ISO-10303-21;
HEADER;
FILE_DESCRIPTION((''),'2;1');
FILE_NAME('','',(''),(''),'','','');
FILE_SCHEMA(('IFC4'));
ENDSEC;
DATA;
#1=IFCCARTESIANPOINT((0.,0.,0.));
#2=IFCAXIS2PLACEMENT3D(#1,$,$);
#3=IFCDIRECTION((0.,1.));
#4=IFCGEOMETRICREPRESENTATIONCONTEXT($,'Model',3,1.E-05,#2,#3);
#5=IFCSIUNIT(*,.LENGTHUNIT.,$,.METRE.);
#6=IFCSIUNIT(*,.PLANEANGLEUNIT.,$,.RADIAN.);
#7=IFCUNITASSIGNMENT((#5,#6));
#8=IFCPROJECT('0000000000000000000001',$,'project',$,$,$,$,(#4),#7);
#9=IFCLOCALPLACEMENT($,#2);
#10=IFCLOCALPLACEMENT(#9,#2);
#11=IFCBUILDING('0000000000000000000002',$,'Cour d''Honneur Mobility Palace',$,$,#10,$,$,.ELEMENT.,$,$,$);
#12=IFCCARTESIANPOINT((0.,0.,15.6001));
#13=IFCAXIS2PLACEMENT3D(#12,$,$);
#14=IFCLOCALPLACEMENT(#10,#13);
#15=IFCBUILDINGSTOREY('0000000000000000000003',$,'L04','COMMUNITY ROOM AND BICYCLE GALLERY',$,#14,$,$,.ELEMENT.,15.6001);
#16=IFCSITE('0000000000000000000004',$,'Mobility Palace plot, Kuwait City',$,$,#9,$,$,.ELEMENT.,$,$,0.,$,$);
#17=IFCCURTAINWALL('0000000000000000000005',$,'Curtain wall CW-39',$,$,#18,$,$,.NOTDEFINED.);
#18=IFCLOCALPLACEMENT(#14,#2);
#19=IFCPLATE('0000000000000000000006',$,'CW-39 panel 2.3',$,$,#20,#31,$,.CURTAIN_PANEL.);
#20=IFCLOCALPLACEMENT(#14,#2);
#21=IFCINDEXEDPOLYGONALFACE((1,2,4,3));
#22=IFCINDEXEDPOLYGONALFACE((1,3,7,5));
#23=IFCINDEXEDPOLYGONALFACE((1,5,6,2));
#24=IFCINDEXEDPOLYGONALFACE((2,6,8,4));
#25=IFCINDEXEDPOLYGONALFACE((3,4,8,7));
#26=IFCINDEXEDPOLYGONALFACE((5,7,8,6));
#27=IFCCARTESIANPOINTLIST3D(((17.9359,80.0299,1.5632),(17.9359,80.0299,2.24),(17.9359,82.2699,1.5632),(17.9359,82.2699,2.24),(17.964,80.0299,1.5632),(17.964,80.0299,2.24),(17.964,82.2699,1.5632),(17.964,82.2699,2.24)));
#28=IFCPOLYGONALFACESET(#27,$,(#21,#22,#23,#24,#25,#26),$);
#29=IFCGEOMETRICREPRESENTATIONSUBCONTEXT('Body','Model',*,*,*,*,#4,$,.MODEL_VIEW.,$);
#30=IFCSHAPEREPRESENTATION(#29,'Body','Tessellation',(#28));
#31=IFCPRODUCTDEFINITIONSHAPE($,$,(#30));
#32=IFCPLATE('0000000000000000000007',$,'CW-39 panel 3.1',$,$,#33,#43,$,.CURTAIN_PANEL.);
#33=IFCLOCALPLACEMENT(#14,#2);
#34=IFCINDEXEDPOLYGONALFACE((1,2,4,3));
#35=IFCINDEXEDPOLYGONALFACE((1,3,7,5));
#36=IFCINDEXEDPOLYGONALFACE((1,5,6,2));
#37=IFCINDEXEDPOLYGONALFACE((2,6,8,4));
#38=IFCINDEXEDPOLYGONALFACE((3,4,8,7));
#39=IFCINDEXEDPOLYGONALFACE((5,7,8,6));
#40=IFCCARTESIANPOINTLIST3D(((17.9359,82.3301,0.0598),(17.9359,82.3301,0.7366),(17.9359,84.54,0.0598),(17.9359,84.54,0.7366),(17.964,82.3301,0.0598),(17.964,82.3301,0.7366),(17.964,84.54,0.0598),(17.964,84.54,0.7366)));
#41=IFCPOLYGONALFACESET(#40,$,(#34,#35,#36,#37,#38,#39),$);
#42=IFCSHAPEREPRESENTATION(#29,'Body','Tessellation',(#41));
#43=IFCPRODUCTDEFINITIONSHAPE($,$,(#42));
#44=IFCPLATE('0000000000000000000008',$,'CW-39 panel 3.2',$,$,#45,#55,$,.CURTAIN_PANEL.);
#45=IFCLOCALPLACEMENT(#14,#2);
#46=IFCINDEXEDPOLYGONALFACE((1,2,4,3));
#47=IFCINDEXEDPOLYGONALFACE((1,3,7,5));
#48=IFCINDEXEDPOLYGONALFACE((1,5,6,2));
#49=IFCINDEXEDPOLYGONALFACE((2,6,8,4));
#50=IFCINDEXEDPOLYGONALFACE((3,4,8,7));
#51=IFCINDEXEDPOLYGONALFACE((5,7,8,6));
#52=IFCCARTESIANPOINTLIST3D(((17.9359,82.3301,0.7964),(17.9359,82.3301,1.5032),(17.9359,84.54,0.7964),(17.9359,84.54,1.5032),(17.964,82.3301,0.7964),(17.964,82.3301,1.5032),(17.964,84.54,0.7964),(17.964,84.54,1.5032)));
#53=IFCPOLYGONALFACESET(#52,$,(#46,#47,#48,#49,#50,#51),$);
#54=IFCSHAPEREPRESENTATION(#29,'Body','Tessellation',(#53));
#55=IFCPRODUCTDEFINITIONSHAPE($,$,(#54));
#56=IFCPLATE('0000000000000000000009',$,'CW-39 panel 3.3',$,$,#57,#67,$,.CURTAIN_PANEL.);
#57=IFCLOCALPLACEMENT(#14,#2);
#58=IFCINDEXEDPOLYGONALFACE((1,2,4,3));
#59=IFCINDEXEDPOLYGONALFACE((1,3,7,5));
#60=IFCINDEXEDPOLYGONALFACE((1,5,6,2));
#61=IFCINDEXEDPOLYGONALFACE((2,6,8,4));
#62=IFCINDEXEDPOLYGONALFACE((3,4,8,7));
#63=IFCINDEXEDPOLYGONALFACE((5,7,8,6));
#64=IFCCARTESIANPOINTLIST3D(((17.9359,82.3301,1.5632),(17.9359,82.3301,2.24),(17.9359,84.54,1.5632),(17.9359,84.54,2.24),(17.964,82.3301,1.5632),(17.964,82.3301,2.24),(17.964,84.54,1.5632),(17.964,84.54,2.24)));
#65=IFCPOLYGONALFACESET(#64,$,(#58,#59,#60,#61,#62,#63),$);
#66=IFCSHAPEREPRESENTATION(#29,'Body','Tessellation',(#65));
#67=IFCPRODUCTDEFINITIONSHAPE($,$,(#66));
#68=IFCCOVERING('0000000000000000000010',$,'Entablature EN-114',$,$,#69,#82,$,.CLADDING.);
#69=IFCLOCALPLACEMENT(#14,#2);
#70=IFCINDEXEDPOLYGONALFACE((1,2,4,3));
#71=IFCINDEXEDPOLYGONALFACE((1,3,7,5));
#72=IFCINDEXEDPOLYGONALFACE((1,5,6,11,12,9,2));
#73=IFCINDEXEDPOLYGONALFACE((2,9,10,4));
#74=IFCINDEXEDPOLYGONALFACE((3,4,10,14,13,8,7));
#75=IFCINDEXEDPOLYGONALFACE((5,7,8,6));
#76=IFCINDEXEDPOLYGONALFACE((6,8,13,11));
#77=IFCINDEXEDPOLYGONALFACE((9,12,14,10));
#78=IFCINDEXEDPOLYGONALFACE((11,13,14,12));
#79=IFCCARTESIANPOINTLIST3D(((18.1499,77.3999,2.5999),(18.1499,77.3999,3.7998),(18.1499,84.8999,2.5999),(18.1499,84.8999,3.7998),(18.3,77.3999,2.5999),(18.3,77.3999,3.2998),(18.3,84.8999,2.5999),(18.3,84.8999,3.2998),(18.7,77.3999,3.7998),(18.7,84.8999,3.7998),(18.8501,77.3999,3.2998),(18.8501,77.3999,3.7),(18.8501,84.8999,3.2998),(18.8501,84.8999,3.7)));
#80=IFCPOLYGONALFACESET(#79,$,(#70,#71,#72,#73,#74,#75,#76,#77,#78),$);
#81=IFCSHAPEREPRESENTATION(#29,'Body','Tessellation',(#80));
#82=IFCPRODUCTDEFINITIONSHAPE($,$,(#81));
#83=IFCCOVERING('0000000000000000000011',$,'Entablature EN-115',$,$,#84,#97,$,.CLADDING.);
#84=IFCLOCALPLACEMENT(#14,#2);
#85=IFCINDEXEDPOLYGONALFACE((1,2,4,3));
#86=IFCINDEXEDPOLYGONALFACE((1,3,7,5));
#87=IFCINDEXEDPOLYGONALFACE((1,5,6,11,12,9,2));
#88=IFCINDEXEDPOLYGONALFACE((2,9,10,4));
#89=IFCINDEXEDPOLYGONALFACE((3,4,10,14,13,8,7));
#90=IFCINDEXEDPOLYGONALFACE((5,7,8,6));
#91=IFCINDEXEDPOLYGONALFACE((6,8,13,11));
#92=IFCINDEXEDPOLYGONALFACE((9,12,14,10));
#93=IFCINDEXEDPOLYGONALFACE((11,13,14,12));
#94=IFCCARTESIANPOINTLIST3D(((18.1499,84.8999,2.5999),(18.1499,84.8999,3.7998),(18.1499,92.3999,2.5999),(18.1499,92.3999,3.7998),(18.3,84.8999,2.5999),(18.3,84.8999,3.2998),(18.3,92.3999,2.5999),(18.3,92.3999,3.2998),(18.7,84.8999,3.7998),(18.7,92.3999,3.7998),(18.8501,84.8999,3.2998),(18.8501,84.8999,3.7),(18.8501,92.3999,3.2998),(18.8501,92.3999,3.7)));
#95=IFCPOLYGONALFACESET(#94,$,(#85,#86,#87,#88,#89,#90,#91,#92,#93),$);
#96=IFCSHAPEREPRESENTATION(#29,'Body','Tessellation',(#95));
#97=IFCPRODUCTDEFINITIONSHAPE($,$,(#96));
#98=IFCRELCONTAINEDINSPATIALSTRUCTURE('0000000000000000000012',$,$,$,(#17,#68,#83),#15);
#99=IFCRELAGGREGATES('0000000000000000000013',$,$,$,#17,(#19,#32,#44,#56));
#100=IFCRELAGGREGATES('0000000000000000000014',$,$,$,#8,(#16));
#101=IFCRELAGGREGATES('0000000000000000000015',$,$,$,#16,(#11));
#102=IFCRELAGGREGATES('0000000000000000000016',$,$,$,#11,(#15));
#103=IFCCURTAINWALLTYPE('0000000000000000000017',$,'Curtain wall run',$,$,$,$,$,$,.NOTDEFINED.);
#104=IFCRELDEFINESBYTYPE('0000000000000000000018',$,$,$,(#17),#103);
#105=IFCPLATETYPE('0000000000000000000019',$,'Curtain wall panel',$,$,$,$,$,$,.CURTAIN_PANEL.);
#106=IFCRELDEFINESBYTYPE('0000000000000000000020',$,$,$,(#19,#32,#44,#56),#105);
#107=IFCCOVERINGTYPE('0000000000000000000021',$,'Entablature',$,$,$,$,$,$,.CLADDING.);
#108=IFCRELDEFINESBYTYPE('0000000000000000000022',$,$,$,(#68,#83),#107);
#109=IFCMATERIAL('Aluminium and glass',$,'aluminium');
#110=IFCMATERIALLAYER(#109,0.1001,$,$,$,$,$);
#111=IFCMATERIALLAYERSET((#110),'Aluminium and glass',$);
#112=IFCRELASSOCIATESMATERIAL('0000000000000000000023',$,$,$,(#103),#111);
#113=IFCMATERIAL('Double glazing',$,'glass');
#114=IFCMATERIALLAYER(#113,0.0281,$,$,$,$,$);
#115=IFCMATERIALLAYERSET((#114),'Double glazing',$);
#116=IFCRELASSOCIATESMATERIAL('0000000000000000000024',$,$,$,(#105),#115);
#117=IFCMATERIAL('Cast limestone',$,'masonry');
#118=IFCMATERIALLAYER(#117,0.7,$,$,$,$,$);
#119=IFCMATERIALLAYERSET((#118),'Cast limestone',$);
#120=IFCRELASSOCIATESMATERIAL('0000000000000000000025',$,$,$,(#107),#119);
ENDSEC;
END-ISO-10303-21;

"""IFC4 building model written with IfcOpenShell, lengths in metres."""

from ifc_helpers import new_model, si_unit, direction, frame, origin, origin_2d, place, context, subcontext, project, spatial, polyline, rectangle, outline, extrude, material, layer, layer_set, type_object, element, aggregate, save


model = new_model("IFC4")

# Units and contexts
model_context = context("Model", 3, precision=1e-05, world=origin(), true_north=direction((0.0, 1.0)))
body_context = subcontext(model_context, "Body", "Model", "MODEL_VIEW")
ifc_project = project(units=[si_unit("LENGTHUNIT", "METRE"), si_unit("PLANEANGLEUNIT", "RADIAN")], contexts=[model_context])

# Site, building, storey
site_placement = place(None, origin())
site = spatial("IfcSite", under=ifc_project, at=site_placement, Name="Mobility Palace plot, Kuwait City", CompositionType="ELEMENT", RefElevation=0.0)
building_placement = place(site_placement, origin())
building = spatial("IfcBuilding", under=site, at=building_placement, Name="Cour d'Honneur Mobility Palace", CompositionType="ELEMENT")
storey_placement = place(building_placement, frame((0.0, 0.0, 15.6001)))
storey = spatial("IfcBuildingStorey", under=building, at=storey_placement, Name="L04", Description="COMMUNITY ROOM AND BICYCLE GALLERY", CompositionType="ELEMENT", Elevation=15.6001)

# Shared definitions
ifc_material_1 = material(Name="Aluminium and glass", Category="aluminium")
ifc_layer_1 = layer(ifc_material_1, 0.1001)
ifc_layer_set_1 = layer_set([ifc_layer_1], Name="Aluminium and glass")
curtain_wall_type = type_object("IfcCurtainWallType", Name="Curtain wall run", PredefinedType="NOTDEFINED", material=ifc_layer_set_1)

# Curtain wall
curtain_wall_1_placement = place(storey_placement, origin())
curtain_wall_1 = element("IfcCurtainWall", 1, at=curtain_wall_1_placement, inside=storey, type_object=curtain_wall_type, Name="Curtain wall CW-39", PredefinedType="NOTDEFINED")

# Plates
ifc_material_2 = material(Name="Double glazing", Category="glass")
ifc_layer_2 = layer(ifc_material_2, 0.0281)
ifc_layer_set_2 = layer_set([ifc_layer_2], Name="Double glazing")
plate_type = type_object("IfcPlateType", Name="Curtain wall panel", PredefinedType="CURTAIN_PANEL", material=ifc_layer_set_2)
plate_1_placement = place(storey_placement, frame((17.95, 81.1499, 1.5632), z_axis=(0.0, 0.0, 1.0), x_axis=(0.0, 1.0, 0.0)))
plate_1 = element("IfcPlate", 2, at=plate_1_placement, type_object=plate_type, Name="CW-39 panel 2.3", PredefinedType="CURTAIN_PANEL", context=body_context, shape_type="SweptSolid", body=[
    extrude(rectangle(XDim=2.24, YDim=0.0281, at=origin_2d()), origin(), (0.0, 0.0, 1.0), 0.6768),
])
plate_2_placement = place(storey_placement, frame((17.95, 83.4351, 0.0598), z_axis=(0.0, 0.0, 1.0), x_axis=(0.0, 1.0, 0.0)))
plate_2 = element("IfcPlate", 3, at=plate_2_placement, type_object=plate_type, Name="CW-39 panel 3.1", PredefinedType="CURTAIN_PANEL", context=body_context, shape_type="SweptSolid", body=[
    extrude(rectangle(XDim=2.21, YDim=0.0281, at=origin_2d()), origin(), (0.0, 0.0, 1.0), 0.6768),
])
plate_3_placement = place(storey_placement, frame((17.95, 83.4351, 0.7964), z_axis=(0.0, 0.0, 1.0), x_axis=(0.0, 1.0, 0.0)))
plate_3 = element("IfcPlate", 4, at=plate_3_placement, type_object=plate_type, Name="CW-39 panel 3.2", PredefinedType="CURTAIN_PANEL", context=body_context, shape_type="SweptSolid", body=[
    extrude(rectangle(XDim=2.21, YDim=0.0281, at=origin_2d()), origin(), (0.0, 0.0, 1.0), 0.7068),
])
plate_4_placement = place(storey_placement, frame((17.95, 83.4351, 1.5632), z_axis=(0.0, 0.0, 1.0), x_axis=(0.0, 1.0, 0.0)))
plate_4 = element("IfcPlate", 5, at=plate_4_placement, type_object=plate_type, Name="CW-39 panel 3.3", PredefinedType="CURTAIN_PANEL", context=body_context, shape_type="SweptSolid", body=[
    extrude(rectangle(XDim=2.21, YDim=0.0281, at=origin_2d()), origin(), (0.0, 0.0, 1.0), 0.6768),
])
aggregate(curtain_wall_1, [plate_1, plate_2, plate_3, plate_4])

# Coverings
ifc_material_3 = material(Name="Cast limestone", Category="masonry")
ifc_layer_3 = layer(ifc_material_3, 0.7)
ifc_layer_set_3 = layer_set([ifc_layer_3], Name="Cast limestone")
covering_type = type_object("IfcCoveringType", Name="Entablature", PredefinedType="CLADDING", material=ifc_layer_set_3)
for number, where, z_axis, x_axis, name in (
    (6, (18.1499, 77.3999, 2.5999), (0.0, -1.0, 0.0), (1.0, 0.0, 0.0), "Entablature EN-114"),
    (7, (18.1499, 84.8999, 2.5999), (0.0, -1.0, 0.0), (1.0, 0.0, 0.0), "Entablature EN-115"),
):
    element("IfcCovering", number, at=place(storey_placement, frame(where, z_axis=z_axis, x_axis=x_axis)), inside=storey, type_object=covering_type, Name=name, PredefinedType="CLADDING", context=body_context, shape_type="SweptSolid", body=[
        extrude(outline(polyline([(0.0, 0.0), (0.1501, 0.0), (0.1501, 0.7), (0.7002, 0.7), (0.7002, 1.1001), (0.55, 1.2), (0.0, 1.2), (0.0, 0.0)])), origin(), (0.0, 0.0, -1.0), 7.5),
    ])

save(model, "model.ifc")
